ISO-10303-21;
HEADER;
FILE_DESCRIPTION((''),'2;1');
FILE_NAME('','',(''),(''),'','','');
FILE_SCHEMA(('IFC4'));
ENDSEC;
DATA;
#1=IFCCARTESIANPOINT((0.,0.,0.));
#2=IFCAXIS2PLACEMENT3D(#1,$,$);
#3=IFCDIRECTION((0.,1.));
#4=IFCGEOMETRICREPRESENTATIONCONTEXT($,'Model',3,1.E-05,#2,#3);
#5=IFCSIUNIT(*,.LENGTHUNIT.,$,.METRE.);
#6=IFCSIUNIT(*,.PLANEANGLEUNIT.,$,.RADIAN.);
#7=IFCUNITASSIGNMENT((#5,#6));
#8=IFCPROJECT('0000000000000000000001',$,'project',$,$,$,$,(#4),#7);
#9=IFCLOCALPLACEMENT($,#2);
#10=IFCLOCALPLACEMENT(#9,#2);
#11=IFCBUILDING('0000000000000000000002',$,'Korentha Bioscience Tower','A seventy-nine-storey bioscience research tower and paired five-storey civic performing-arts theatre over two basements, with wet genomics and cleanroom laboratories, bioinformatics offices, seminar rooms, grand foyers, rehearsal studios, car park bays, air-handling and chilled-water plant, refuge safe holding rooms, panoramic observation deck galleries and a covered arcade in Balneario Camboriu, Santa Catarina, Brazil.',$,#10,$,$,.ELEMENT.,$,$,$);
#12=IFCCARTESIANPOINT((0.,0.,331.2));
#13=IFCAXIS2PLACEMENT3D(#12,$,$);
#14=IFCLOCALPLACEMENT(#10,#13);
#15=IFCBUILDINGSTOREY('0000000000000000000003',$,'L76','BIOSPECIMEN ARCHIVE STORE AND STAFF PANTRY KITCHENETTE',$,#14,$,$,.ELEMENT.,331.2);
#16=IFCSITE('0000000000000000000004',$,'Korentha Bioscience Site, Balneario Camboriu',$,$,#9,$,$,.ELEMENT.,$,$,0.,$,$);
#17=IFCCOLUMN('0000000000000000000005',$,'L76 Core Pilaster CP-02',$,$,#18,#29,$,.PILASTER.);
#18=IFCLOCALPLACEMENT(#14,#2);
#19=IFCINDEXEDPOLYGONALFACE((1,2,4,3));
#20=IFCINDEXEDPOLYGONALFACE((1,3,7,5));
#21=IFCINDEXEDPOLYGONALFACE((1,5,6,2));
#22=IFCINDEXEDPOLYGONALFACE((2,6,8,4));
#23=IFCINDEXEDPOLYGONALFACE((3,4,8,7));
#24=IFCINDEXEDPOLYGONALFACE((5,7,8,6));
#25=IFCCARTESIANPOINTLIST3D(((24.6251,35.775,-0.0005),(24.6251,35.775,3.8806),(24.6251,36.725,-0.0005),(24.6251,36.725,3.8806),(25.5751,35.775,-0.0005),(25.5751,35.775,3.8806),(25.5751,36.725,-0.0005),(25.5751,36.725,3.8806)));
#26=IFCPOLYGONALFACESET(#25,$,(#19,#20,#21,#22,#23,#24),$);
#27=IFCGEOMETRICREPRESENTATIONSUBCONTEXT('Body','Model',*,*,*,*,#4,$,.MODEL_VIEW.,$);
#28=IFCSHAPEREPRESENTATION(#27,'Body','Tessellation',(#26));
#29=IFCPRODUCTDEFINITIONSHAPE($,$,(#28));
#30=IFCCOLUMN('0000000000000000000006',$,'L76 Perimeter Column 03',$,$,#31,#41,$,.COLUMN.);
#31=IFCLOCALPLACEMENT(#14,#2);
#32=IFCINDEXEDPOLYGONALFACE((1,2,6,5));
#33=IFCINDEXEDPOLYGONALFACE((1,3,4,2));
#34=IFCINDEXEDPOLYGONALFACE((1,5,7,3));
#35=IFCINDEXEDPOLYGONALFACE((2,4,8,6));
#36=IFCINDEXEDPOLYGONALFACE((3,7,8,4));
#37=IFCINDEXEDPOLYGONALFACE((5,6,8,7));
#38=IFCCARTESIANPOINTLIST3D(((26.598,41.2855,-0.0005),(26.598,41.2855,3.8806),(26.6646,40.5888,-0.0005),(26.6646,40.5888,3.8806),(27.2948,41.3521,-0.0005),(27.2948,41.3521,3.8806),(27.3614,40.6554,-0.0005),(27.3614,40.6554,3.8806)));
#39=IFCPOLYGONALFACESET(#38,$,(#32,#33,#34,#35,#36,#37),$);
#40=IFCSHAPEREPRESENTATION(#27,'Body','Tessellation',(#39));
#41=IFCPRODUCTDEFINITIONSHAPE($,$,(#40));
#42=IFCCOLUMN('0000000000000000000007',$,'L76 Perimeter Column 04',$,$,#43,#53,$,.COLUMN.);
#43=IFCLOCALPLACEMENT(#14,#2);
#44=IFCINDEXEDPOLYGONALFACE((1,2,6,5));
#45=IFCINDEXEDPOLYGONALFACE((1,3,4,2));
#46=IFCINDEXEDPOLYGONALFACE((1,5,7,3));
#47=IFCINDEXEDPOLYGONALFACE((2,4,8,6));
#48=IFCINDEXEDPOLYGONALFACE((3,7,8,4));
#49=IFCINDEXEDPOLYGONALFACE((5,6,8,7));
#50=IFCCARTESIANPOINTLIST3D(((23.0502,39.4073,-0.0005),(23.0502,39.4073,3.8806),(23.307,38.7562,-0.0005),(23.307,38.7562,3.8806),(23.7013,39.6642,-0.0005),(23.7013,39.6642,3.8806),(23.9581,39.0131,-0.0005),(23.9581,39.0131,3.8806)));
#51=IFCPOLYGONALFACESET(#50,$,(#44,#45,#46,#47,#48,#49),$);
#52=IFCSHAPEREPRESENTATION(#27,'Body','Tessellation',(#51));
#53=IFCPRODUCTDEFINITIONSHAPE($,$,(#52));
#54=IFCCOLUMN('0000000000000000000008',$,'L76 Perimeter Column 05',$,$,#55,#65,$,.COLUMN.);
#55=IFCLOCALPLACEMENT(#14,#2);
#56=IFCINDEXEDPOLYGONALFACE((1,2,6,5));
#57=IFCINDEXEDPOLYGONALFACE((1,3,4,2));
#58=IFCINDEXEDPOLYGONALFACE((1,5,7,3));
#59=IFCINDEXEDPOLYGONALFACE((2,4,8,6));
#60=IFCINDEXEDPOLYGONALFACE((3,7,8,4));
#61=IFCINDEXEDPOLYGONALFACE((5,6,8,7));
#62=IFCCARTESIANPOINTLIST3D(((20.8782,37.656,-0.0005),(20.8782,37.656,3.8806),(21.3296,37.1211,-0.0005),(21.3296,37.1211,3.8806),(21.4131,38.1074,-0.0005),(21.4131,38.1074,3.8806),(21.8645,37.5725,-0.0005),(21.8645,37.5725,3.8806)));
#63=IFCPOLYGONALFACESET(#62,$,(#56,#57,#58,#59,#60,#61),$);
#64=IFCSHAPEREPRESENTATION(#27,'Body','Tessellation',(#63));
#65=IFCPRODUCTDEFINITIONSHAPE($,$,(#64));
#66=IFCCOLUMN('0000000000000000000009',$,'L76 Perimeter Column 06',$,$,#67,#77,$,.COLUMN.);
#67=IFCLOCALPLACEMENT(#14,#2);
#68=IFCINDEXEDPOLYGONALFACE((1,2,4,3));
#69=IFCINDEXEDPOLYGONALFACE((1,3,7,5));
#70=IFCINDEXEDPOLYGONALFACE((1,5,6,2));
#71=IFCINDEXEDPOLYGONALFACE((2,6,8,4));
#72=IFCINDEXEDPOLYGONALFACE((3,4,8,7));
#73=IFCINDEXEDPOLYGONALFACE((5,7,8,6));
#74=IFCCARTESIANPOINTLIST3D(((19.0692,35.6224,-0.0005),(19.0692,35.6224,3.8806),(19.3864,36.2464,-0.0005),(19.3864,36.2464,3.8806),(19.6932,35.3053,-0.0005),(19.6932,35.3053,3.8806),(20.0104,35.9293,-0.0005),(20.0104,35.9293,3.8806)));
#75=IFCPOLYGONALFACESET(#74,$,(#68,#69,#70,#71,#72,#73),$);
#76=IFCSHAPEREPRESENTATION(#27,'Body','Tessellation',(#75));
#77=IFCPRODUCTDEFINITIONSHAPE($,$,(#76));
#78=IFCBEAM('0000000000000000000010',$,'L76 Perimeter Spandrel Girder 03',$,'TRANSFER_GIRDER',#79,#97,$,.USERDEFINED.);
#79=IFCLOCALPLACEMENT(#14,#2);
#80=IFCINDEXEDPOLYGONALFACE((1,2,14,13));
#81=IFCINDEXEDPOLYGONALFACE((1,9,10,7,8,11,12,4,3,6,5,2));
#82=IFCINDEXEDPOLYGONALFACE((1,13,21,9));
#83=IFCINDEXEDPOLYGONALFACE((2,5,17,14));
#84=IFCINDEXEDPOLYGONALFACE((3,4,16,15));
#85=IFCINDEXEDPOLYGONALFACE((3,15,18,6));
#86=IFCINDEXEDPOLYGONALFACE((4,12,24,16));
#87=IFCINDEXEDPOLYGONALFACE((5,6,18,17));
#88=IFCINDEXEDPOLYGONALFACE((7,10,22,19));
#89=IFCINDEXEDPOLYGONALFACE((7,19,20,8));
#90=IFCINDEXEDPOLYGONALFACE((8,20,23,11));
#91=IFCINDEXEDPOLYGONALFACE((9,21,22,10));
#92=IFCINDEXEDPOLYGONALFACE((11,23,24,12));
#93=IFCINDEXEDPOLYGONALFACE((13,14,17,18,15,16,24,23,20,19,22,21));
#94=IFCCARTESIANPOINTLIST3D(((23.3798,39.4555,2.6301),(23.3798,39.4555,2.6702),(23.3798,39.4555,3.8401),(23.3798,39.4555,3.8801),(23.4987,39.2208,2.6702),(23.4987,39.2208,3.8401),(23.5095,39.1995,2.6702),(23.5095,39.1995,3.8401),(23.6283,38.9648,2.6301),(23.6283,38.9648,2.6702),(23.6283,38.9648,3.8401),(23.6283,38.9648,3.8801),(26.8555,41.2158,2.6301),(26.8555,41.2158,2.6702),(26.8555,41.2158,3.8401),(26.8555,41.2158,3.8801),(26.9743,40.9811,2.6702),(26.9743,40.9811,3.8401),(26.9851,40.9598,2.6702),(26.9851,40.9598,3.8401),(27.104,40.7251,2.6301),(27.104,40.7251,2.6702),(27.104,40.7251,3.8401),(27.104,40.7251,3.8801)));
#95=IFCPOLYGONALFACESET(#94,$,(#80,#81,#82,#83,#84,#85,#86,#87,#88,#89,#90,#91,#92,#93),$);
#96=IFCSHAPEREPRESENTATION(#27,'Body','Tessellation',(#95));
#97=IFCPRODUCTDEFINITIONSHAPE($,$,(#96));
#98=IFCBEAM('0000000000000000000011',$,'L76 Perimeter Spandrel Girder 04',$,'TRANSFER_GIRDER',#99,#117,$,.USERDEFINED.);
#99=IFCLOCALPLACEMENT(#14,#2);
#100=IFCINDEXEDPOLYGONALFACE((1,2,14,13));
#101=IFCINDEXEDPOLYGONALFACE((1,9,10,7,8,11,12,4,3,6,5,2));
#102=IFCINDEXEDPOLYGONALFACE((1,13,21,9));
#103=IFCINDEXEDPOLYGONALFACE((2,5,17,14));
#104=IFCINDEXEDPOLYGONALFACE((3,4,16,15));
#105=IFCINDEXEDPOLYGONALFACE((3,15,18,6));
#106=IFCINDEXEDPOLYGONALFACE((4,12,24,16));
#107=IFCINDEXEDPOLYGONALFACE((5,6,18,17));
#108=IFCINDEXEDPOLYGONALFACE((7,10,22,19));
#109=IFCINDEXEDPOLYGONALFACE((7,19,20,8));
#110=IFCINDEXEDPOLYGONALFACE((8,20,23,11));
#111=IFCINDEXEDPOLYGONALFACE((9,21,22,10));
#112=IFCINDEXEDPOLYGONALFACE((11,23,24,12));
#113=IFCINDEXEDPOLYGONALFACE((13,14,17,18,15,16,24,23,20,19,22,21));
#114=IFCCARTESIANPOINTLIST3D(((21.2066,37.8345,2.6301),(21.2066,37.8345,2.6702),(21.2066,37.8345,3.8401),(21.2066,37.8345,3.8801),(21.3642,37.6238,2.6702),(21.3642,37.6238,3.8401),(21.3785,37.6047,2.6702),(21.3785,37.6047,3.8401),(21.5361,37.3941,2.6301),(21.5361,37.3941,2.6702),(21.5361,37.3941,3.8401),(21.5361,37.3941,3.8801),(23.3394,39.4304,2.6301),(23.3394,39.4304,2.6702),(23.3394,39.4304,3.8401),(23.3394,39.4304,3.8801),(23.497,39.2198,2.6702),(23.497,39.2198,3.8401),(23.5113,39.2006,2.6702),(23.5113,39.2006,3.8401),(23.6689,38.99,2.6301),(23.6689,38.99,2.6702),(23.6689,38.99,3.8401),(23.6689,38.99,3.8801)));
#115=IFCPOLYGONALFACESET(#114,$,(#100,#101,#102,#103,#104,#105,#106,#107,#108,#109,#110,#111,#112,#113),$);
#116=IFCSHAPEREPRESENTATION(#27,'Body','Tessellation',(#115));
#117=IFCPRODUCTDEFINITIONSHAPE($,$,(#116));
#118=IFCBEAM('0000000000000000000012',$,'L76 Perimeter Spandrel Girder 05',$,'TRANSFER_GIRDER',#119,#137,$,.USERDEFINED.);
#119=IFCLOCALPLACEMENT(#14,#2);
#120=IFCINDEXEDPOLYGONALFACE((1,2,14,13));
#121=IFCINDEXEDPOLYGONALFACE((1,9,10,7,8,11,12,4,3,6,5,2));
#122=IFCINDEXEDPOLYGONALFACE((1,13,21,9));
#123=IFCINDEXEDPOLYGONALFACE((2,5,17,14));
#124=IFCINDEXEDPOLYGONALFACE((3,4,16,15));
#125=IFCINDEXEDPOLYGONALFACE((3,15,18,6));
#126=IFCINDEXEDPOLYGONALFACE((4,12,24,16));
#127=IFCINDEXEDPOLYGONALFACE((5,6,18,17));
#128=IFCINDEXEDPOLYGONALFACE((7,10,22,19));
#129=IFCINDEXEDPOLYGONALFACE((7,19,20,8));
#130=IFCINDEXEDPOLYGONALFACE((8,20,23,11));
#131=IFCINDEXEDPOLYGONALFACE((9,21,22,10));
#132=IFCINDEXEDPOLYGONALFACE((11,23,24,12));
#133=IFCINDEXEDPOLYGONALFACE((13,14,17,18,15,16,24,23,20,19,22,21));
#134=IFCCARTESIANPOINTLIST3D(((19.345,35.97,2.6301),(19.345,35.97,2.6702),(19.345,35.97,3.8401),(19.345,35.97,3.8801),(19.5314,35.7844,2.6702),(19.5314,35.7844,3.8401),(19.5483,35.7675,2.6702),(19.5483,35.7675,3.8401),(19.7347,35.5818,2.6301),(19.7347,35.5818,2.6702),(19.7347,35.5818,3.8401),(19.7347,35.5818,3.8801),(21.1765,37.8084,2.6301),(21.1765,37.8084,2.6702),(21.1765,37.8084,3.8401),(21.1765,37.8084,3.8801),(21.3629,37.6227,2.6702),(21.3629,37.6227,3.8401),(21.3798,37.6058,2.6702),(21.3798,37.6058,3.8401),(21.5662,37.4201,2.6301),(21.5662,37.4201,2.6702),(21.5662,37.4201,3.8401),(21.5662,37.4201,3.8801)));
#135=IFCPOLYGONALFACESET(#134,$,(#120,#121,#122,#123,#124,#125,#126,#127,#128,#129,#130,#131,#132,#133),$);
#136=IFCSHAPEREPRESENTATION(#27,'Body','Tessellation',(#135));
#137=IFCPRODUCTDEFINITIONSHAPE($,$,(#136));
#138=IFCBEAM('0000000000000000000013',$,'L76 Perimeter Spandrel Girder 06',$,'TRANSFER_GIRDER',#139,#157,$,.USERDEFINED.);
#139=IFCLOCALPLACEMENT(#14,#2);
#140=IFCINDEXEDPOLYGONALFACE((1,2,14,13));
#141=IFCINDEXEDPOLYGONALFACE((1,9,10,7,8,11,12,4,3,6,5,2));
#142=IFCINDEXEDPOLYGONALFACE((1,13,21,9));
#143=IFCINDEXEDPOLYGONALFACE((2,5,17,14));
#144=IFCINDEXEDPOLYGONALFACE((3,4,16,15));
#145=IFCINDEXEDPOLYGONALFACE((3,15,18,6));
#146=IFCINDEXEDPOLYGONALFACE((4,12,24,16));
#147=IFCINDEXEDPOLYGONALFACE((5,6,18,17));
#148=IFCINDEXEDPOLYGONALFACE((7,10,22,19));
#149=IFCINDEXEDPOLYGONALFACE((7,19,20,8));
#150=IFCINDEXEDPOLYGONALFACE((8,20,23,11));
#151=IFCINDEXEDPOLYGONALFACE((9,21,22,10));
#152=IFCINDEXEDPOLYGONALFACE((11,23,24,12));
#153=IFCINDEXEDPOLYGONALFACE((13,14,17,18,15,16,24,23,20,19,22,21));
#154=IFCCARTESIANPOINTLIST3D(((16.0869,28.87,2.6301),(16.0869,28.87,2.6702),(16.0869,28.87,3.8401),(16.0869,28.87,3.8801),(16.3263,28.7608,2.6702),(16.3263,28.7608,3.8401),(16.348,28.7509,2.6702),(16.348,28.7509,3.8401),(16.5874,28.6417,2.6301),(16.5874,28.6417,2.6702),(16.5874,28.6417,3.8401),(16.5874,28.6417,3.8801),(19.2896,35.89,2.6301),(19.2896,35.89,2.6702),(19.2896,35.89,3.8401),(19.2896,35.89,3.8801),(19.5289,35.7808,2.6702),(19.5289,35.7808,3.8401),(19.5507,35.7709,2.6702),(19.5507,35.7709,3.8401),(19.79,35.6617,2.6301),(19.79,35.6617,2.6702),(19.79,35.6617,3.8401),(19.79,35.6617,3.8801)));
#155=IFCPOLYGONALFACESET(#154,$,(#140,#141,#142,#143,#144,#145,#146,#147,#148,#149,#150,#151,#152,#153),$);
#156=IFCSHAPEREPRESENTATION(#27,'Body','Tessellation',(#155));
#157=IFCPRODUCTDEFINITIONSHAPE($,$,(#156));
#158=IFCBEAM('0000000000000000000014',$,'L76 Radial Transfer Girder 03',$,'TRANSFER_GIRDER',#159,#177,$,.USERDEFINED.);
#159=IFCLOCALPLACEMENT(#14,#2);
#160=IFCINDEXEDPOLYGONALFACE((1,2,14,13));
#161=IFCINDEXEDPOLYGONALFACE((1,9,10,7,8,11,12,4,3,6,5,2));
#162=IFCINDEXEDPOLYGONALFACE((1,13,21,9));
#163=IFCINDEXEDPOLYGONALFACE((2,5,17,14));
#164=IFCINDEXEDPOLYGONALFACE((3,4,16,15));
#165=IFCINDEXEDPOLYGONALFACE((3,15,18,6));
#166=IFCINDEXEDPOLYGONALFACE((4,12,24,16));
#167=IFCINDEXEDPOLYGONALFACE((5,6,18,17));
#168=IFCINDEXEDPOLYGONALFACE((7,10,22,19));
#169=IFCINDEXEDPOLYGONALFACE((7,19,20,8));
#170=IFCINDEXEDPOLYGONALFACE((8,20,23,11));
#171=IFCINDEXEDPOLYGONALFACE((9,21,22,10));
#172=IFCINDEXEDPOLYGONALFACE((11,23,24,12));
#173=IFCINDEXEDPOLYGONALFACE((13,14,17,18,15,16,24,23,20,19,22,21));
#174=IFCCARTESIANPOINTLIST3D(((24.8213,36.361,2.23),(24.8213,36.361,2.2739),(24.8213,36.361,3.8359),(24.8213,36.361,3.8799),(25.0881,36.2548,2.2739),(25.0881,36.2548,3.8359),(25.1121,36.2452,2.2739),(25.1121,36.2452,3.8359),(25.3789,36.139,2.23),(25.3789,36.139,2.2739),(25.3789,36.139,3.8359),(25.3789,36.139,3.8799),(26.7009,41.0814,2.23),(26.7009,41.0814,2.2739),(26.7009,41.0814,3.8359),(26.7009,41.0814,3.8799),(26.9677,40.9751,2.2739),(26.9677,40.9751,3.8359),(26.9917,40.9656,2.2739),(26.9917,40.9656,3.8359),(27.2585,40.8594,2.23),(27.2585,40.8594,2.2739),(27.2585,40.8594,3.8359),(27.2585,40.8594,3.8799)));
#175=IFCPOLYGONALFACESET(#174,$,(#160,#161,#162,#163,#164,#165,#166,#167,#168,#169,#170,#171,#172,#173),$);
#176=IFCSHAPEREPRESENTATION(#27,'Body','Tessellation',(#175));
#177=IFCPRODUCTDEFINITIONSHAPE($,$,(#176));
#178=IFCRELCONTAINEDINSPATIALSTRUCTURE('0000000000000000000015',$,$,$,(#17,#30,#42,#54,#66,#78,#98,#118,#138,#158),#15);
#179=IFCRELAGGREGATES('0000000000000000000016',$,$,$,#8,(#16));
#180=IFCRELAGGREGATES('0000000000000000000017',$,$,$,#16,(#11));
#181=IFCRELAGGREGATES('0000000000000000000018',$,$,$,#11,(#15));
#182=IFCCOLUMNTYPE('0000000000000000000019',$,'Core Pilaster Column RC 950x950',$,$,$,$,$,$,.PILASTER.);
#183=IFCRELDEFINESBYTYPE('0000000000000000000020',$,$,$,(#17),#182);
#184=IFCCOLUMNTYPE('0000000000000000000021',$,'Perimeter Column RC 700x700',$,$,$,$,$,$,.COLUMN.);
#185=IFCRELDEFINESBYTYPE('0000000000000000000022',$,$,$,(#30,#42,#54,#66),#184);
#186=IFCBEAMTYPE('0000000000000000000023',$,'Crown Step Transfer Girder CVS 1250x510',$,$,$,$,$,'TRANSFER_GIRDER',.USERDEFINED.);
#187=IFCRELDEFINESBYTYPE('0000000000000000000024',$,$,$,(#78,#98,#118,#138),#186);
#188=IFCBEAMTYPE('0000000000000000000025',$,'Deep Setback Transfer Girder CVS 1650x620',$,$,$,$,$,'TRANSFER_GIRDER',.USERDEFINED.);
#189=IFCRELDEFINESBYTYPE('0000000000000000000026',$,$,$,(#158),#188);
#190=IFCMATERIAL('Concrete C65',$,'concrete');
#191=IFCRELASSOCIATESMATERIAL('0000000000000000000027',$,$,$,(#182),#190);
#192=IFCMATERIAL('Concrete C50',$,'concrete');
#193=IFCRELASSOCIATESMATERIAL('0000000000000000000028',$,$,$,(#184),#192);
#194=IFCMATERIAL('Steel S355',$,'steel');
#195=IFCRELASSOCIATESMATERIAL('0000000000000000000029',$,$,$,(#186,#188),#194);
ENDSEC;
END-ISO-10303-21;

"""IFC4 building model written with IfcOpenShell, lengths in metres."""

from ifc_helpers import new_model, si_unit, direction, frame, origin, origin_2d, place, context, subcontext, project, spatial, rectangle, i_section, extrude, material, material_profile, profile_set, type_object, element, save


model = new_model("IFC4")

# Units and contexts
model_context = context("Model", 3, precision=1e-05, world=origin(), true_north=direction((0.0, 1.0)))
body_context = subcontext(model_context, "Body", "Model", "MODEL_VIEW")
ifc_project = project(units=[si_unit("LENGTHUNIT", "METRE"), si_unit("PLANEANGLEUNIT", "RADIAN")], contexts=[model_context])

# Site, building, storey
site_placement = place(None, origin())
site = spatial("IfcSite", under=ifc_project, at=site_placement, Name="Korentha Bioscience Site, Balneario Camboriu", CompositionType="ELEMENT", RefElevation=0.0)
building_placement = place(site_placement, origin())
building = spatial("IfcBuilding", under=site, at=building_placement, Name="Korentha Bioscience Tower", Description="A seventy-nine-storey bioscience research tower and paired five-storey civic performing-arts theatre over two basements, with wet genomics and cleanroom laboratories, bioinformatics offices, seminar rooms, grand foyers, rehearsal studios, car park bays, air-handling and chilled-water plant, refuge safe holding rooms, panoramic observation deck galleries and a covered arcade in Balneario Camboriu, Santa Catarina, Brazil.", CompositionType="ELEMENT")
storey_placement = place(building_placement, frame((0.0, 0.0, 331.2)))
storey = spatial("IfcBuildingStorey", under=building, at=storey_placement, Name="L76", Description="BIOSPECIMEN ARCHIVE STORE AND STAFF PANTRY KITCHENETTE", CompositionType="ELEMENT", Elevation=331.2)

# Columns
ifc_material_1 = material(Name="Concrete C65", Category="concrete")
ifc_material_profile_1 = material_profile(ifc_material_1, rectangle(XDim=0.95, YDim=0.95, at=origin_2d()), Name="Concrete C65")
ifc_profile_set_1 = profile_set([ifc_material_profile_1], Name="Concrete C65 (COL-CP09)")
column_type_1 = type_object("IfcColumnType", Name="Core Pilaster Column RC 950x950", PredefinedType="PILASTER", material=ifc_profile_set_1)
column_placement = place(storey_placement, frame((25.1001, 36.25, -0.0005), z_axis=(0.0, 0.0, 1.0), x_axis=(1.0, 0.0, 0.0)))
element("IfcColumn", 1, at=column_placement, inside=storey, type_object=column_type_1, Name="L76 Core Pilaster CP-02", PredefinedType="PILASTER", context=body_context, shape_type="SweptSolid", body=[
    extrude(rectangle(XDim=0.95, YDim=0.95, at=origin_2d()), origin(), (0.0, 0.0, 1.0), 3.8811),
])
ifc_material_2 = material(Name="Concrete C50", Category="concrete")
ifc_material_profile_2 = material_profile(ifc_material_2, rectangle(XDim=0.7, YDim=0.7, at=origin_2d()), Name="Concrete C50")
ifc_profile_set_2 = profile_set([ifc_material_profile_2], Name="Concrete C50 (COL-P07)")
column_type_2 = type_object("IfcColumnType", Name="Perimeter Column RC 700x700", PredefinedType="COLUMN", material=ifc_profile_set_2)
for number, where, z_axis, x_axis, name in (
    (2, (26.9797, 40.9705, -0.0005), (0.0, 0.0, 1.0), (0.995463, 0.095151, 0.0), "L76 Perimeter Column 03"),
    (3, (23.5042, 39.2102, -0.0005), (0.0, 0.0, 1.0), (0.930226, 0.366988, 0.0), "L76 Perimeter Column 04"),
    (4, (21.3713, 37.6143, -0.0005), (0.0, 0.0, 1.0), (0.764246, 0.644924, 0.0), "L76 Perimeter Column 05"),
    (5, (19.5398, 35.7759, -0.0005), (0.0, 0.0, 1.0), (0.453057, 0.891481, 0.0), "L76 Perimeter Column 06"),
):
    element("IfcColumn", number, at=place(storey_placement, frame(where, z_axis=z_axis, x_axis=x_axis)), inside=storey, type_object=column_type_2, Name=name, PredefinedType="COLUMN", context=body_context, shape_type="SweptSolid", body=[
        extrude(rectangle(XDim=0.7, YDim=0.7, at=origin_2d()), origin(), (0.0, 0.0, 1.0), 3.8811),
    ])

# Beams
ifc_material_3 = material(Name="Steel S355", Category="steel")
ifc_material_profile_3 = material_profile(ifc_material_3, i_section(OverallWidth=0.55, OverallDepth=1.25, WebThickness=0.0239, FlangeThickness=0.04, at=origin_2d()), Name="Steel S355")
ifc_profile_set_3 = profile_set([ifc_material_profile_3], Name="Steel S355 (TG-03)")
beam_type_1 = type_object("IfcBeamType", Name="Crown Step Transfer Girder CVS 1250x510", ElementType="TRANSFER_GIRDER", PredefinedType="USERDEFINED", material=ifc_profile_set_3)
beam_1_placement = place(storey_placement, frame((26.9797, 40.9705, 3.2551), z_axis=(-0.892109, -0.45182, 0.0), x_axis=(0.45182, -0.892109, 0.0)))
element("IfcBeam", 6, at=beam_1_placement, inside=storey, type_object=beam_type_1, Name="L76 Perimeter Spandrel Girder 03", ObjectType="TRANSFER_GIRDER", PredefinedType="USERDEFINED", context=body_context, shape_type="SweptSolid", body=[
    extrude(i_section(OverallWidth=0.55, OverallDepth=1.25, WebThickness=0.0239, FlangeThickness=0.04, at=origin_2d()), origin(), (0.0, 0.0, 1.0), 3.896),
])
beam_2_placement = place(storey_placement, frame((23.5042, 39.2102, 3.2551), z_axis=(-0.800659, -0.59912, 0.0), x_axis=(0.59912, -0.800659, 0.0)))
element("IfcBeam", 7, at=beam_2_placement, inside=storey, type_object=beam_type_1, Name="L76 Perimeter Spandrel Girder 04", ObjectType="TRANSFER_GIRDER", PredefinedType="USERDEFINED", context=body_context, shape_type="SweptSolid", body=[
    extrude(i_section(OverallWidth=0.55, OverallDepth=1.25, WebThickness=0.0239, FlangeThickness=0.04, at=origin_2d()), origin(), (0.0, 0.0, 1.0), 2.6638),
])
beam_3_placement = place(storey_placement, frame((21.3713, 37.6143, 3.2551), z_axis=(-0.705788, -0.708423, 0.0), x_axis=(0.708423, -0.705788, 0.0)))
element("IfcBeam", 8, at=beam_3_placement, inside=storey, type_object=beam_type_1, Name="L76 Perimeter Spandrel Girder 05", ObjectType="TRANSFER_GIRDER", PredefinedType="USERDEFINED", context=body_context, shape_type="SweptSolid", body=[
    extrude(i_section(OverallWidth=0.55, OverallDepth=1.25, WebThickness=0.0239, FlangeThickness=0.04, at=origin_2d()), origin(), (0.0, 0.0, 1.0), 2.595),
])
beam_4_placement = place(storey_placement, frame((19.5398, 35.7759, 3.2551), z_axis=(-0.415061, -0.909793, 0.0), x_axis=(0.909793, -0.415061, 0.0)))
element("IfcBeam", 9, at=beam_4_placement, inside=storey, type_object=beam_type_1, Name="L76 Perimeter Spandrel Girder 06", ObjectType="TRANSFER_GIRDER", PredefinedType="USERDEFINED", context=body_context, shape_type="SweptSolid", body=[
    extrude(i_section(OverallWidth=0.55, OverallDepth=1.25, WebThickness=0.0239, FlangeThickness=0.04, at=origin_2d()), origin(), (0.0, 0.0, 1.0), 7.7161),
])
ifc_material_profile_4 = material_profile(ifc_material_3, i_section(OverallWidth=0.6001, OverallDepth=1.6499, WebThickness=0.0259, FlangeThickness=0.0439, at=origin_2d()), Name="Steel S355")
ifc_profile_set_4 = profile_set([ifc_material_profile_4], Name="Steel S355 (TG-04)")
beam_type_2 = type_object("IfcBeamType", Name="Deep Setback Transfer Girder CVS 1650x620", ElementType="TRANSFER_GIRDER", PredefinedType="USERDEFINED", material=ifc_profile_set_4)
beam_5_placement = place(storey_placement, frame((25.1001, 36.25, 3.0549), z_axis=(0.36994, 0.929055, 0.0), x_axis=(-0.929055, 0.36994, 0.0)))
element("IfcBeam", 10, at=beam_5_placement, inside=storey, type_object=beam_type_2, Name="L76 Radial Transfer Girder 03", ObjectType="TRANSFER_GIRDER", PredefinedType="USERDEFINED", context=body_context, shape_type="SweptSolid", body=[
    extrude(i_section(OverallWidth=0.6001, OverallDepth=1.6499, WebThickness=0.0259, FlangeThickness=0.0439, at=origin_2d()), origin(), (0.0, 0.0, 1.0), 5.0808),
])

save(model, "model.ifc")
